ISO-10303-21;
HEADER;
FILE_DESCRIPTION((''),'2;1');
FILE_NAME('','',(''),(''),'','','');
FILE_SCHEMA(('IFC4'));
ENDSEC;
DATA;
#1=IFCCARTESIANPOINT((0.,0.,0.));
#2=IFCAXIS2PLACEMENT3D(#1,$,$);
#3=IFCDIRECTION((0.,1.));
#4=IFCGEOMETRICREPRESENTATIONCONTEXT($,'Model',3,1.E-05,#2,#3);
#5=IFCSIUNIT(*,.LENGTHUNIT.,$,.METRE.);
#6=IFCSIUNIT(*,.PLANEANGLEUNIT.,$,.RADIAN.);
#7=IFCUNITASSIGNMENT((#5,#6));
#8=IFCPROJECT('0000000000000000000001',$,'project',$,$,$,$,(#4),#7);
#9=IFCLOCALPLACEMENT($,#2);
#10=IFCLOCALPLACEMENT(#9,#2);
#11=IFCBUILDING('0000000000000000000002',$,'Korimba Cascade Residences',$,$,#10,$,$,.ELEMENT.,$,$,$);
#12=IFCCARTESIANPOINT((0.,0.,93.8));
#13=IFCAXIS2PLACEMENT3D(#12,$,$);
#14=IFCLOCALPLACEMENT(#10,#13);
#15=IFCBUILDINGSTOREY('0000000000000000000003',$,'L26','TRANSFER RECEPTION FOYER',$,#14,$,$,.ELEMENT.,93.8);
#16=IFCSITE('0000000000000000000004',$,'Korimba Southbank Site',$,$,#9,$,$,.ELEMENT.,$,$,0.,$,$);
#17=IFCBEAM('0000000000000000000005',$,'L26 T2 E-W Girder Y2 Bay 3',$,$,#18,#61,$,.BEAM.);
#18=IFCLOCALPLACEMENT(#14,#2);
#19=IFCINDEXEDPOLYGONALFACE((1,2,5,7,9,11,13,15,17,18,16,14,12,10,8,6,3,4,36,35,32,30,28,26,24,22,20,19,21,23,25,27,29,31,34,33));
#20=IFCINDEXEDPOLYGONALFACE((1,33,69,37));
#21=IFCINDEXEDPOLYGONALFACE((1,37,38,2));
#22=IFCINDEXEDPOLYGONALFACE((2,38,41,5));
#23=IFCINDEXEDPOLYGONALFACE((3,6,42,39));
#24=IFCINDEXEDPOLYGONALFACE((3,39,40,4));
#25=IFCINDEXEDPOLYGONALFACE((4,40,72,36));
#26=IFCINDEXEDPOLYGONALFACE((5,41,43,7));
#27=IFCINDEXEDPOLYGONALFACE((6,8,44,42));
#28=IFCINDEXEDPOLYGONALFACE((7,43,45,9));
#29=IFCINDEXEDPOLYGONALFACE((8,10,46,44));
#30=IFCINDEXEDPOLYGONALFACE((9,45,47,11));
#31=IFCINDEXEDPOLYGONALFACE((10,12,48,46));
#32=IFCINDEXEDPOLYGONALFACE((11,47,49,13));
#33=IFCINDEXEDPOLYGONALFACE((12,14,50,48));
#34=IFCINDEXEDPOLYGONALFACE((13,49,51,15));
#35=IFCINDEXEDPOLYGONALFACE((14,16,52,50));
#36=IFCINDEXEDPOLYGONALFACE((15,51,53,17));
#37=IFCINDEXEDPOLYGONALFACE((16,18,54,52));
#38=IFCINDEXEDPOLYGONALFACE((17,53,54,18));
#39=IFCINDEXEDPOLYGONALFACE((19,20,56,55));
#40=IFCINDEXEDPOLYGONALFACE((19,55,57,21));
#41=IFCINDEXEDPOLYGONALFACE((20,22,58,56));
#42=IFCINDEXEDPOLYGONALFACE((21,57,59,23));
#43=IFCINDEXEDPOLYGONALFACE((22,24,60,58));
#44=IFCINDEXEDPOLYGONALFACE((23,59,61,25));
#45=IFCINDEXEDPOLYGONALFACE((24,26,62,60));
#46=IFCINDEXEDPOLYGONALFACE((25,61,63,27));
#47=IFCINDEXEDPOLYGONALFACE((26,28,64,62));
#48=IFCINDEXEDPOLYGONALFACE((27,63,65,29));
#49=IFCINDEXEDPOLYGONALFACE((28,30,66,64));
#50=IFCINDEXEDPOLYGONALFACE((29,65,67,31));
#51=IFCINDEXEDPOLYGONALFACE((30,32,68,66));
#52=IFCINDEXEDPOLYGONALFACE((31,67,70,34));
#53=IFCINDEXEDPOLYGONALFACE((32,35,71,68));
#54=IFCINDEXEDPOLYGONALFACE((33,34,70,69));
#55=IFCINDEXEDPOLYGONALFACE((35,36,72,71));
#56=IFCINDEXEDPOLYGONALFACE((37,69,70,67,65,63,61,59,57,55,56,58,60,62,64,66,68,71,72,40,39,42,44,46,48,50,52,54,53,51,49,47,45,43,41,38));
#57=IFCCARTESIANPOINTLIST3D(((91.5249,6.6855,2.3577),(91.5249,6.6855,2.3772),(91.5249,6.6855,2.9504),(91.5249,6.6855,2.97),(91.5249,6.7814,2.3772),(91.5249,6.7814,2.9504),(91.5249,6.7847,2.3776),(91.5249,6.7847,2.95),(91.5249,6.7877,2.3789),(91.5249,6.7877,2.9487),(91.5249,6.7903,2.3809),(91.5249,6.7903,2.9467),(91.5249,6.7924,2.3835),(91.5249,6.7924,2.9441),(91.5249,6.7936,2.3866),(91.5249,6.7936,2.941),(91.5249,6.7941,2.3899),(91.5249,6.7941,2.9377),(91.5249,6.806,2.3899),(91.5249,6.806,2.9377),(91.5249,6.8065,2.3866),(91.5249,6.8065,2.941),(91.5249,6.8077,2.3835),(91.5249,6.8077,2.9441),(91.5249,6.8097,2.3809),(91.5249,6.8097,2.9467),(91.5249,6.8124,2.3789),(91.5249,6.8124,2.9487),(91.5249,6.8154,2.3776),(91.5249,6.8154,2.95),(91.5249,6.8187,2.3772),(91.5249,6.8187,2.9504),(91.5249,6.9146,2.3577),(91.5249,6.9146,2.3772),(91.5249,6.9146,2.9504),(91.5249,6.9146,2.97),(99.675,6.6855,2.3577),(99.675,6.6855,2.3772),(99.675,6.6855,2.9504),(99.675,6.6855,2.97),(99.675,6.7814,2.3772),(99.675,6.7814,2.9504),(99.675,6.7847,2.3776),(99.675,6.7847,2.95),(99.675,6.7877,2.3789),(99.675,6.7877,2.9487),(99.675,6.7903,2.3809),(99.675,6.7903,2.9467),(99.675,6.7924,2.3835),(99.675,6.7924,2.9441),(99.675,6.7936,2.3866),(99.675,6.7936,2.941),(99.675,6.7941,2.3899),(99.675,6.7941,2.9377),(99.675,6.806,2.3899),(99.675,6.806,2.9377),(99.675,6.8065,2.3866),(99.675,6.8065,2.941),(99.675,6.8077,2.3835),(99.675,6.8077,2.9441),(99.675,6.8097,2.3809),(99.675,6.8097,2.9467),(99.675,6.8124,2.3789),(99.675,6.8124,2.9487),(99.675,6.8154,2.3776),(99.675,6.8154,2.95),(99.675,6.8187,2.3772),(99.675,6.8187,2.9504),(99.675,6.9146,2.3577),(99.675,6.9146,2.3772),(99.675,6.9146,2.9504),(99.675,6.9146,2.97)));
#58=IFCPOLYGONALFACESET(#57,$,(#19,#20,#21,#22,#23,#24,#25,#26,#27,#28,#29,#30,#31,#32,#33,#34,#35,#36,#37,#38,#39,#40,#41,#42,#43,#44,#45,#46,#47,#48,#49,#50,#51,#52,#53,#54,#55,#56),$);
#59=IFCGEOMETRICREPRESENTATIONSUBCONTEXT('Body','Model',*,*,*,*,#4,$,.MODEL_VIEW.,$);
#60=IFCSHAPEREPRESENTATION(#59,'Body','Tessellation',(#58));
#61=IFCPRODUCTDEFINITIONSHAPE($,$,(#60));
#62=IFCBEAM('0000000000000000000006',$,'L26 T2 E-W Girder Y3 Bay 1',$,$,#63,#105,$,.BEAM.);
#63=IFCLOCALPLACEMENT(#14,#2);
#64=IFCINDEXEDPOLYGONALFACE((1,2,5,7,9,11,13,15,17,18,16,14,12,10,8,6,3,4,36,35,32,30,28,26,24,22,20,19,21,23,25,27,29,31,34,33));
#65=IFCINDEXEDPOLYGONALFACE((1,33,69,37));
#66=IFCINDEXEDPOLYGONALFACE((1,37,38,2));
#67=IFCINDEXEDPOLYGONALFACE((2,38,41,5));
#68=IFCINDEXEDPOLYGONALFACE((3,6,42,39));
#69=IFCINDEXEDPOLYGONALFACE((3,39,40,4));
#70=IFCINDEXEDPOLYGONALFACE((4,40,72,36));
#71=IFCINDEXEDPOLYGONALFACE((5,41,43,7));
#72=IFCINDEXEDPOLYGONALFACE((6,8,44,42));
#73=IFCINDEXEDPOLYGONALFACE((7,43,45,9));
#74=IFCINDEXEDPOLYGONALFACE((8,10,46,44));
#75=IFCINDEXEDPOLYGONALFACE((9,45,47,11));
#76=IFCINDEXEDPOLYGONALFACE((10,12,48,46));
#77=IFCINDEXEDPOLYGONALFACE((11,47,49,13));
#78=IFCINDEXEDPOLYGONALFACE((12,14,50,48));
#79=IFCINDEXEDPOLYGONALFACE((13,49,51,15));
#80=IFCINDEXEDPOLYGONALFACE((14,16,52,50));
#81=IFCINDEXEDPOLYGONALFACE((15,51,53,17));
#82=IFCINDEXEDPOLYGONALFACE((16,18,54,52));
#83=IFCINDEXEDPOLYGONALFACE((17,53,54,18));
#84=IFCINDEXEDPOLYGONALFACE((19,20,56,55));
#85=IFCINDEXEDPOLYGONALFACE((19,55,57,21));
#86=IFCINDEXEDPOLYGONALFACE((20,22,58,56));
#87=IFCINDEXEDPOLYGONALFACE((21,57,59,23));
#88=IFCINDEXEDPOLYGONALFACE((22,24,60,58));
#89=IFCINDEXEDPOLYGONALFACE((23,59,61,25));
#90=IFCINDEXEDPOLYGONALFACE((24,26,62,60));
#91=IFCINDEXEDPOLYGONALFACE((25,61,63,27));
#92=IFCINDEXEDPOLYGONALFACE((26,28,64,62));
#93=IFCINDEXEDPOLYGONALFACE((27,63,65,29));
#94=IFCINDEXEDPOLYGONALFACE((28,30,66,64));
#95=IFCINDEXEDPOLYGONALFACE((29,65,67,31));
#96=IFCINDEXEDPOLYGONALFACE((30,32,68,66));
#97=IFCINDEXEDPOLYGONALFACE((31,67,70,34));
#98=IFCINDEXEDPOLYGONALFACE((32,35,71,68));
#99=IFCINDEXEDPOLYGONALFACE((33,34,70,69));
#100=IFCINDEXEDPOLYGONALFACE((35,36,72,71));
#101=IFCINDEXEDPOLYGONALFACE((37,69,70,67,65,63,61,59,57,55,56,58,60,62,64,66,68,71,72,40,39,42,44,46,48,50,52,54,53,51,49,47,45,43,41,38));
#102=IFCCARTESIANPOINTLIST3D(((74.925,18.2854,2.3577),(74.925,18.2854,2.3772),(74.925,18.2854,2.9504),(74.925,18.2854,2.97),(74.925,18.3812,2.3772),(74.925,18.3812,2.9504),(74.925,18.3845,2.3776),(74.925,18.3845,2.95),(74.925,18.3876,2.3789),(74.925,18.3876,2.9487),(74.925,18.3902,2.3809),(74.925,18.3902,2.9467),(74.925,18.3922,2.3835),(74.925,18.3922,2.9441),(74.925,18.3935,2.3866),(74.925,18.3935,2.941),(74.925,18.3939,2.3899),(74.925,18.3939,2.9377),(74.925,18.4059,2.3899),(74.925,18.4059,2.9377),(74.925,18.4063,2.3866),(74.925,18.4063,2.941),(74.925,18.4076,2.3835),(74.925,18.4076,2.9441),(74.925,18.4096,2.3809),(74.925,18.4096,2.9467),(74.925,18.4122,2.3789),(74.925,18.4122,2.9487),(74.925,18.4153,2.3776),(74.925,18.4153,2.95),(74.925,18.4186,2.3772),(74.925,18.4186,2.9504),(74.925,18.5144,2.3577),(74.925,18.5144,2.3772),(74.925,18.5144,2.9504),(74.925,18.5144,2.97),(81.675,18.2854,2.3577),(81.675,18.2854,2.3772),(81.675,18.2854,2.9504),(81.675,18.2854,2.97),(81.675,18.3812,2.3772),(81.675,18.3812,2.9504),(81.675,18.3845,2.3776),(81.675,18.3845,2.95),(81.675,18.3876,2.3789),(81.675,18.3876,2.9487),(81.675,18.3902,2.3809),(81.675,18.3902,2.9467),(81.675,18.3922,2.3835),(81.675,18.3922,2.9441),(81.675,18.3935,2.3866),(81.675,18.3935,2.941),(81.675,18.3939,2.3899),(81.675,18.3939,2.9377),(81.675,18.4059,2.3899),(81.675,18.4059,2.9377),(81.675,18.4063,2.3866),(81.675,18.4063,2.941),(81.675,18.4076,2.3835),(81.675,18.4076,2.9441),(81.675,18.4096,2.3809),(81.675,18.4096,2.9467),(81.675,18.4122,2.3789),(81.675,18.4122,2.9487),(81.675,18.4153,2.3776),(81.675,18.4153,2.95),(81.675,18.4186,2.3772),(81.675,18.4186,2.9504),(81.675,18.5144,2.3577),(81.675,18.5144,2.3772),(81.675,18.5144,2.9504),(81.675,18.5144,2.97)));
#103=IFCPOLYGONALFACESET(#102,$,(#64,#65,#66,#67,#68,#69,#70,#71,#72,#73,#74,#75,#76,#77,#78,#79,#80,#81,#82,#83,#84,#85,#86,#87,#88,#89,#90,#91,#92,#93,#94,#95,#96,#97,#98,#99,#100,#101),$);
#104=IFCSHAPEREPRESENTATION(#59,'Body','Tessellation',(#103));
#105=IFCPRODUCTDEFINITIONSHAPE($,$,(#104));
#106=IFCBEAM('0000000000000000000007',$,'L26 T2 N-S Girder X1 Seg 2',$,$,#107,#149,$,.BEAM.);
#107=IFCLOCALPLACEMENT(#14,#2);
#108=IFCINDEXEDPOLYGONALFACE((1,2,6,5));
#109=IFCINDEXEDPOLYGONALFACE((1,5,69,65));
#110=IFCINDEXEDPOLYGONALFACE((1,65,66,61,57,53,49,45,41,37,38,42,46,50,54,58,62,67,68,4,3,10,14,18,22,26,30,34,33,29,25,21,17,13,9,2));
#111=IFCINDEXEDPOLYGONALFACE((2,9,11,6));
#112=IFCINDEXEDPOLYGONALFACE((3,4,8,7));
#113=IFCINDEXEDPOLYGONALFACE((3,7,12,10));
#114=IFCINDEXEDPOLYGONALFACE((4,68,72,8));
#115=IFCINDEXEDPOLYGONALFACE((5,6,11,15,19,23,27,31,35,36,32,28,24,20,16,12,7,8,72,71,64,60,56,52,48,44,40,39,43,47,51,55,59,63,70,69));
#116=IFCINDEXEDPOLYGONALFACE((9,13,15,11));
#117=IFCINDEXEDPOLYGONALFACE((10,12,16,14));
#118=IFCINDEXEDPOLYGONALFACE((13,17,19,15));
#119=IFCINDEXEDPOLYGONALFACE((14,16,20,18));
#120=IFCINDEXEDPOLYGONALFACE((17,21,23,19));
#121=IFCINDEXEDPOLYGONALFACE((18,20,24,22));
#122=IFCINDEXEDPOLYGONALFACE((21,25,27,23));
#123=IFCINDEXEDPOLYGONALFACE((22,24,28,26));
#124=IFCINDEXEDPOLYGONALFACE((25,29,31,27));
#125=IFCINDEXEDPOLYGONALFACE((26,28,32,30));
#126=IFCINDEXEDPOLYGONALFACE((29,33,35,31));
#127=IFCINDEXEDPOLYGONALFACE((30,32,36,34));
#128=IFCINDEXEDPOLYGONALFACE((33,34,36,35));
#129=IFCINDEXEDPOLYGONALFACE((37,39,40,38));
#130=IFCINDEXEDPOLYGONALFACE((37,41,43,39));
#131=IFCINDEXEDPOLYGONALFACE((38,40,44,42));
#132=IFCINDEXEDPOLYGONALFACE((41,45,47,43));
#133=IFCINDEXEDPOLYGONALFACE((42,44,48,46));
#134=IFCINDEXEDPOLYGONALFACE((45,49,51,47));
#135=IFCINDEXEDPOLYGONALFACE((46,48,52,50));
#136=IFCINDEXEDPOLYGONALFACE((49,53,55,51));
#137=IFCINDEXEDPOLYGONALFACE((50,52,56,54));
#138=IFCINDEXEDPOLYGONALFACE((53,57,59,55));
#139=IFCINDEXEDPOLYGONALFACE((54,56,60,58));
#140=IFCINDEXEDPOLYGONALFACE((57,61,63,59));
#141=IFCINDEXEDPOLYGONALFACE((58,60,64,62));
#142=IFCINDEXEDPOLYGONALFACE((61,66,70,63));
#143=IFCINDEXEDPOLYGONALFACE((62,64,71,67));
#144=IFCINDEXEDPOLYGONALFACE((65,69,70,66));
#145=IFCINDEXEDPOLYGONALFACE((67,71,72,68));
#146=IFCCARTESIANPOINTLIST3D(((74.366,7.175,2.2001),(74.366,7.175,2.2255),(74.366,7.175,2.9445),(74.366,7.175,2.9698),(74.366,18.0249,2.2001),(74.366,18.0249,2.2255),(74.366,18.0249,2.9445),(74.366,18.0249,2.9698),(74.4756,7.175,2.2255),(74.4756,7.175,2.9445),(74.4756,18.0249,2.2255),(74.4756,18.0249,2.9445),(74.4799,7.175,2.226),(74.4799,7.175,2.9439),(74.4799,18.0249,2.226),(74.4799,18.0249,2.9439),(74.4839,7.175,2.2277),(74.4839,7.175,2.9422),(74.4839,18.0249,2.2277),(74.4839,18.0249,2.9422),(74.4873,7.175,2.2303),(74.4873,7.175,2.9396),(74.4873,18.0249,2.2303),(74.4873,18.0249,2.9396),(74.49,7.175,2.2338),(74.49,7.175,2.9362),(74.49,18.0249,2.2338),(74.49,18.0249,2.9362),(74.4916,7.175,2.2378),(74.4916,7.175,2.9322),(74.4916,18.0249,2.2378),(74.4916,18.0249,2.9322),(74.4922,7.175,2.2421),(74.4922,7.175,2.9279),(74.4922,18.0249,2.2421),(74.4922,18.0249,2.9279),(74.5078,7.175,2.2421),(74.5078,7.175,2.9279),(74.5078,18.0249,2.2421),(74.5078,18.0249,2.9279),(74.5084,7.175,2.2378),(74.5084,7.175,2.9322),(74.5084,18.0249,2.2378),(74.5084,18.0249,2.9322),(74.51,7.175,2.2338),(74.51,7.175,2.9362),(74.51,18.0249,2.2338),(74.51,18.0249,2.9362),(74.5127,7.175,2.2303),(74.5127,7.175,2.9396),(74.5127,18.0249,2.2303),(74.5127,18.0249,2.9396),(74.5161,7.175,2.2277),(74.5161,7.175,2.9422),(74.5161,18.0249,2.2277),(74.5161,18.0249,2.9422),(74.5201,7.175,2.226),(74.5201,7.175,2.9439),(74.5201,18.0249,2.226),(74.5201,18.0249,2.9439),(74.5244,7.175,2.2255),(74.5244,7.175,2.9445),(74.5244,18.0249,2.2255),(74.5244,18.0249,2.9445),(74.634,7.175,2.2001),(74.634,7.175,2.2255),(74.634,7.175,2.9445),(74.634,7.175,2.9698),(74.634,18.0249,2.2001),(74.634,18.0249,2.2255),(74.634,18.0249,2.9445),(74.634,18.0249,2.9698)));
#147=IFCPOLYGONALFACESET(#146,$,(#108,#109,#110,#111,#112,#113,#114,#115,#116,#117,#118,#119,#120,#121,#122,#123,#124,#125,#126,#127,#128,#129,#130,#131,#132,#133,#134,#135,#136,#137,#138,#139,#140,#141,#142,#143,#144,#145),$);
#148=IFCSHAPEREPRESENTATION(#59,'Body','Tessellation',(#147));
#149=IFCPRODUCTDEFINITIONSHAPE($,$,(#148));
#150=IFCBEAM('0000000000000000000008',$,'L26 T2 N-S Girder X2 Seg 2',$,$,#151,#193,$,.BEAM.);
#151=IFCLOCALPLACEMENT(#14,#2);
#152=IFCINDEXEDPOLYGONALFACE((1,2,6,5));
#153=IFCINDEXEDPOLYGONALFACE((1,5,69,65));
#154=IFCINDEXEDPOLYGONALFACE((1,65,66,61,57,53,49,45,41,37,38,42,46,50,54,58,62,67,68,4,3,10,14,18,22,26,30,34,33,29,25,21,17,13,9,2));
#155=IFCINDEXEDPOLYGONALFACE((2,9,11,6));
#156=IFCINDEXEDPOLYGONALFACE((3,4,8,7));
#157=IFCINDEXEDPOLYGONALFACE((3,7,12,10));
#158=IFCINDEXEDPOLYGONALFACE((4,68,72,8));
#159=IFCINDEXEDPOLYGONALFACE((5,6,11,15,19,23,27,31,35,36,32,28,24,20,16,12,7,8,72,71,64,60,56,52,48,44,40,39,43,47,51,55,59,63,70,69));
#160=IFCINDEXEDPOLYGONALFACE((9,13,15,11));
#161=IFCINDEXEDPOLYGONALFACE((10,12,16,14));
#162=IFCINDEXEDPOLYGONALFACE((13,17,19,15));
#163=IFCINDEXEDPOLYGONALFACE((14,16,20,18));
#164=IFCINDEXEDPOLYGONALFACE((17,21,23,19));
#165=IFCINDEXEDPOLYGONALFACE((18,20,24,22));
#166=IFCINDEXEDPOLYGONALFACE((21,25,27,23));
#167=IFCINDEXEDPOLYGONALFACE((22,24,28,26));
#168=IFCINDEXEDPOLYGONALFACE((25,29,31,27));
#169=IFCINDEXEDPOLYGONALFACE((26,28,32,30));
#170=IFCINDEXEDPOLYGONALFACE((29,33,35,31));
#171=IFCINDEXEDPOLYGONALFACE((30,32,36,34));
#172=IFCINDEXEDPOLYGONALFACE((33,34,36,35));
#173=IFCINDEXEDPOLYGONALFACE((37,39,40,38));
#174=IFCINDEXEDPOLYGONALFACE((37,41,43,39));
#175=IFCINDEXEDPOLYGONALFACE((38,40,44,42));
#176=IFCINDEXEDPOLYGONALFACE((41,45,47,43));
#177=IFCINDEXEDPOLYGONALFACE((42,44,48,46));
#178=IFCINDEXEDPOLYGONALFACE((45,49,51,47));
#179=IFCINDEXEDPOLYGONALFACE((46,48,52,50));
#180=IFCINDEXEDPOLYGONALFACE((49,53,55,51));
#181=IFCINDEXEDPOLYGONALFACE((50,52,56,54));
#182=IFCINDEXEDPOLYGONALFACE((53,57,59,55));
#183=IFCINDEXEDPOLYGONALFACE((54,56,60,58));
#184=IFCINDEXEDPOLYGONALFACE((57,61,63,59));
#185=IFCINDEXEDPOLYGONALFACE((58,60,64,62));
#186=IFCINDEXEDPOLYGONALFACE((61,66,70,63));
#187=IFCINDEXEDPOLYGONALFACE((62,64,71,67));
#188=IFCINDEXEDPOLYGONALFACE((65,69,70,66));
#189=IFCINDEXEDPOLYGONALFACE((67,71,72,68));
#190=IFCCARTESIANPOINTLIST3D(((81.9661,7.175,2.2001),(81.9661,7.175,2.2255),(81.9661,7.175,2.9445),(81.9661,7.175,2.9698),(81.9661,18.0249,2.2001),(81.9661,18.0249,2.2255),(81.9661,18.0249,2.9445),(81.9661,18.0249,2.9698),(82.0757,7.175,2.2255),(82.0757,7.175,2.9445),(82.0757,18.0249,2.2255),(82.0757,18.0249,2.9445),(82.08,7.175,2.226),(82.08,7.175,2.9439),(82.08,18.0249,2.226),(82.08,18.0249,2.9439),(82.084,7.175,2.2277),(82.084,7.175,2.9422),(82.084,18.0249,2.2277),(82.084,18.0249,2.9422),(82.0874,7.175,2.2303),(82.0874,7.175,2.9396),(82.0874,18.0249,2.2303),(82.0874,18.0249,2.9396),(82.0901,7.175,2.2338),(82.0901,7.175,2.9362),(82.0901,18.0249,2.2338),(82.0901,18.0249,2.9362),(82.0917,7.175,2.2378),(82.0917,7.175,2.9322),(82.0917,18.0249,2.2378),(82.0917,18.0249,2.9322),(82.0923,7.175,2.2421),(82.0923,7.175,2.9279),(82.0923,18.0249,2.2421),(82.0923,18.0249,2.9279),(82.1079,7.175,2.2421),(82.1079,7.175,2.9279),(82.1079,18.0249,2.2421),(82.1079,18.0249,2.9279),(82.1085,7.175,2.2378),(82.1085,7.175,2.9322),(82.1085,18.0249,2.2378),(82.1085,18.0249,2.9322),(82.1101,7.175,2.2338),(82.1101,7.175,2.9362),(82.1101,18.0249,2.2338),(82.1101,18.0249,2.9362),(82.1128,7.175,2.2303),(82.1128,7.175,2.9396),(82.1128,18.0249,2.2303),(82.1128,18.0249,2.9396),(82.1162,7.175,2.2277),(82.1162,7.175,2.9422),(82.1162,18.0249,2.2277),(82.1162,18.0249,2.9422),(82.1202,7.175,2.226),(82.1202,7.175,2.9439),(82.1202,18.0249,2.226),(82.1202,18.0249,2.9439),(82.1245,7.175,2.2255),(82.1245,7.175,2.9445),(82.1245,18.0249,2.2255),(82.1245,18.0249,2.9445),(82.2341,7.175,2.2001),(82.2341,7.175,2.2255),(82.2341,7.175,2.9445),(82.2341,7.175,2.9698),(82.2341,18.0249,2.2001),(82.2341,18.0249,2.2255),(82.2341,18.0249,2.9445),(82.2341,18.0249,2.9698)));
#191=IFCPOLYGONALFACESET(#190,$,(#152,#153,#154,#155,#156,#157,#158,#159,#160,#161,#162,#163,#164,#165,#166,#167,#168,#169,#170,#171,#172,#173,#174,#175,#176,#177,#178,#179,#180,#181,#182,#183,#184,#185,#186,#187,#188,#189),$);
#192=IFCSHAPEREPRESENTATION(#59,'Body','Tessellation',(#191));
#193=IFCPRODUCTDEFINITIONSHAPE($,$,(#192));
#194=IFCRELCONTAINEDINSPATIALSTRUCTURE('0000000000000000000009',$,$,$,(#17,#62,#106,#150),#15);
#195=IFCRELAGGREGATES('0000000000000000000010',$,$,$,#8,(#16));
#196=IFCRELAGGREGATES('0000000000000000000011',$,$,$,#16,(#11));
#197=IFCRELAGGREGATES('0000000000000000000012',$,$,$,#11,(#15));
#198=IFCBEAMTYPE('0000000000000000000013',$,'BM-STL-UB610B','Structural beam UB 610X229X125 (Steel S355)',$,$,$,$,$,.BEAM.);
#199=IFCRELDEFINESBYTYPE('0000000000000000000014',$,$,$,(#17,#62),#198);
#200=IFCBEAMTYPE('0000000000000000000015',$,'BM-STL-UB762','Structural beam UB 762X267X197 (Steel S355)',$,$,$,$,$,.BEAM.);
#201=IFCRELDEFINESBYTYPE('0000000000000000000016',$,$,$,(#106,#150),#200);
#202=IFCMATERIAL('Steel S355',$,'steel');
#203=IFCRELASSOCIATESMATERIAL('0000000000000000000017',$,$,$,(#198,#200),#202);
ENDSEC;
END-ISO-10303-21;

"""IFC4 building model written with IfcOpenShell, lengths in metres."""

from ifc_helpers import new_model, si_unit, direction, frame, origin, origin_2d, place, context, subcontext, project, spatial, i_section, extrude, material, material_profile, profile_set, type_object, element, save


model = new_model("IFC4")

# Units and contexts
model_context = context("Model", 3, precision=1e-05, world=origin(), true_north=direction((0.0, 1.0)))
body_context = subcontext(model_context, "Body", "Model", "MODEL_VIEW")
ifc_project = project(units=[si_unit("LENGTHUNIT", "METRE"), si_unit("PLANEANGLEUNIT", "RADIAN")], contexts=[model_context])

# Site, building, storey
site_placement = place(None, origin())
site = spatial("IfcSite", under=ifc_project, at=site_placement, Name="Korimba Southbank Site", CompositionType="ELEMENT", RefElevation=0.0)
building_placement = place(site_placement, origin())
building = spatial("IfcBuilding", under=site, at=building_placement, Name="Korimba Cascade Residences", CompositionType="ELEMENT")
storey_placement = place(building_placement, frame((0.0, 0.0, 93.8)))
storey = spatial("IfcBuildingStorey", under=building, at=storey_placement, Name="L26", Description="TRANSFER RECEPTION FOYER", CompositionType="ELEMENT", Elevation=93.8)

# Beams
ifc_material_1 = material(Name="Steel S355", Category="steel")
ifc_material_profile_1 = material_profile(ifc_material_1, i_section(OverallWidth=0.229, OverallDepth=0.6123, WebThickness=0.012, FlangeThickness=0.0195, FilletRadius=0.0127, at=origin_2d()), Name="Steel S355")
ifc_profile_set_1 = profile_set([ifc_material_profile_1], Name="Steel S355")
beam_type_1 = type_object("IfcBeamType", Name="BM-STL-UB610B", Description="Structural beam UB 610X229X125 (Steel S355)", PredefinedType="BEAM", material=ifc_profile_set_1)
for number, where, z_axis, x_axis, name in (
    (1, (91.5249, 6.8, 2.6638), (1.0, 0.0, 0.0), (0.0, 1.0, 0.0), "L26 T2 E-W Girder Y2 Bay 3"),
):
    element("IfcBeam", number, at=place(storey_placement, frame(where, z_axis=z_axis, x_axis=x_axis)), inside=storey, type_object=beam_type_1, Name=name, PredefinedType="BEAM", context=body_context, shape_type="SweptSolid", body=[
        extrude(i_section(OverallWidth=0.229, OverallDepth=0.6123, WebThickness=0.012, FlangeThickness=0.0195, FilletRadius=0.0127, at=origin_2d()), origin(), (0.0, 0.0, 1.0), 8.1501),
    ])
beam_1_placement = place(storey_placement, frame((74.925, 18.3999, 2.6638), z_axis=(1.0, 0.0, 0.0), x_axis=(0.0, 1.0, 0.0)))
element("IfcBeam", 2, at=beam_1_placement, inside=storey, type_object=beam_type_1, Name="L26 T2 E-W Girder Y3 Bay 1", PredefinedType="BEAM", context=body_context, shape_type="SweptSolid", body=[
    extrude(i_section(OverallWidth=0.229, OverallDepth=0.6123, WebThickness=0.012, FlangeThickness=0.0195, FilletRadius=0.0127, at=origin_2d()), origin(), (0.0, 0.0, 1.0), 6.75),
])
ifc_material_profile_2 = material_profile(ifc_material_1, i_section(OverallWidth=0.2681, OverallDepth=0.7698, WebThickness=0.0156, FlangeThickness=0.0254, FilletRadius=0.0166, at=origin_2d()), Name="Steel S355")
ifc_profile_set_2 = profile_set([ifc_material_profile_2], Name="Steel S355")
beam_type_2 = type_object("IfcBeamType", Name="BM-STL-UB762", Description="Structural beam UB 762X267X197 (Steel S355)", PredefinedType="BEAM", material=ifc_profile_set_2)
for number, where, z_axis, x_axis, name in (
    (3, (74.5, 7.175, 2.585), (0.0, 1.0, 0.0), (-1.0, 0.0, 0.0), "L26 T2 N-S Girder X1 Seg 2"),
    (4, (82.1001, 7.175, 2.585), (0.0, 1.0, 0.0), (-1.0, 0.0, 0.0), "L26 T2 N-S Girder X2 Seg 2"),
):
    element("IfcBeam", number, at=place(storey_placement, frame(where, z_axis=z_axis, x_axis=x_axis)), inside=storey, type_object=beam_type_2, Name=name, PredefinedType="BEAM", context=body_context, shape_type="SweptSolid", body=[
        extrude(i_section(OverallWidth=0.2681, OverallDepth=0.7698, WebThickness=0.0156, FlangeThickness=0.0254, FilletRadius=0.0166, at=origin_2d()), origin(), (0.0, 0.0, 1.0), 10.8499),
    ])

save(model, "model.ifc")
